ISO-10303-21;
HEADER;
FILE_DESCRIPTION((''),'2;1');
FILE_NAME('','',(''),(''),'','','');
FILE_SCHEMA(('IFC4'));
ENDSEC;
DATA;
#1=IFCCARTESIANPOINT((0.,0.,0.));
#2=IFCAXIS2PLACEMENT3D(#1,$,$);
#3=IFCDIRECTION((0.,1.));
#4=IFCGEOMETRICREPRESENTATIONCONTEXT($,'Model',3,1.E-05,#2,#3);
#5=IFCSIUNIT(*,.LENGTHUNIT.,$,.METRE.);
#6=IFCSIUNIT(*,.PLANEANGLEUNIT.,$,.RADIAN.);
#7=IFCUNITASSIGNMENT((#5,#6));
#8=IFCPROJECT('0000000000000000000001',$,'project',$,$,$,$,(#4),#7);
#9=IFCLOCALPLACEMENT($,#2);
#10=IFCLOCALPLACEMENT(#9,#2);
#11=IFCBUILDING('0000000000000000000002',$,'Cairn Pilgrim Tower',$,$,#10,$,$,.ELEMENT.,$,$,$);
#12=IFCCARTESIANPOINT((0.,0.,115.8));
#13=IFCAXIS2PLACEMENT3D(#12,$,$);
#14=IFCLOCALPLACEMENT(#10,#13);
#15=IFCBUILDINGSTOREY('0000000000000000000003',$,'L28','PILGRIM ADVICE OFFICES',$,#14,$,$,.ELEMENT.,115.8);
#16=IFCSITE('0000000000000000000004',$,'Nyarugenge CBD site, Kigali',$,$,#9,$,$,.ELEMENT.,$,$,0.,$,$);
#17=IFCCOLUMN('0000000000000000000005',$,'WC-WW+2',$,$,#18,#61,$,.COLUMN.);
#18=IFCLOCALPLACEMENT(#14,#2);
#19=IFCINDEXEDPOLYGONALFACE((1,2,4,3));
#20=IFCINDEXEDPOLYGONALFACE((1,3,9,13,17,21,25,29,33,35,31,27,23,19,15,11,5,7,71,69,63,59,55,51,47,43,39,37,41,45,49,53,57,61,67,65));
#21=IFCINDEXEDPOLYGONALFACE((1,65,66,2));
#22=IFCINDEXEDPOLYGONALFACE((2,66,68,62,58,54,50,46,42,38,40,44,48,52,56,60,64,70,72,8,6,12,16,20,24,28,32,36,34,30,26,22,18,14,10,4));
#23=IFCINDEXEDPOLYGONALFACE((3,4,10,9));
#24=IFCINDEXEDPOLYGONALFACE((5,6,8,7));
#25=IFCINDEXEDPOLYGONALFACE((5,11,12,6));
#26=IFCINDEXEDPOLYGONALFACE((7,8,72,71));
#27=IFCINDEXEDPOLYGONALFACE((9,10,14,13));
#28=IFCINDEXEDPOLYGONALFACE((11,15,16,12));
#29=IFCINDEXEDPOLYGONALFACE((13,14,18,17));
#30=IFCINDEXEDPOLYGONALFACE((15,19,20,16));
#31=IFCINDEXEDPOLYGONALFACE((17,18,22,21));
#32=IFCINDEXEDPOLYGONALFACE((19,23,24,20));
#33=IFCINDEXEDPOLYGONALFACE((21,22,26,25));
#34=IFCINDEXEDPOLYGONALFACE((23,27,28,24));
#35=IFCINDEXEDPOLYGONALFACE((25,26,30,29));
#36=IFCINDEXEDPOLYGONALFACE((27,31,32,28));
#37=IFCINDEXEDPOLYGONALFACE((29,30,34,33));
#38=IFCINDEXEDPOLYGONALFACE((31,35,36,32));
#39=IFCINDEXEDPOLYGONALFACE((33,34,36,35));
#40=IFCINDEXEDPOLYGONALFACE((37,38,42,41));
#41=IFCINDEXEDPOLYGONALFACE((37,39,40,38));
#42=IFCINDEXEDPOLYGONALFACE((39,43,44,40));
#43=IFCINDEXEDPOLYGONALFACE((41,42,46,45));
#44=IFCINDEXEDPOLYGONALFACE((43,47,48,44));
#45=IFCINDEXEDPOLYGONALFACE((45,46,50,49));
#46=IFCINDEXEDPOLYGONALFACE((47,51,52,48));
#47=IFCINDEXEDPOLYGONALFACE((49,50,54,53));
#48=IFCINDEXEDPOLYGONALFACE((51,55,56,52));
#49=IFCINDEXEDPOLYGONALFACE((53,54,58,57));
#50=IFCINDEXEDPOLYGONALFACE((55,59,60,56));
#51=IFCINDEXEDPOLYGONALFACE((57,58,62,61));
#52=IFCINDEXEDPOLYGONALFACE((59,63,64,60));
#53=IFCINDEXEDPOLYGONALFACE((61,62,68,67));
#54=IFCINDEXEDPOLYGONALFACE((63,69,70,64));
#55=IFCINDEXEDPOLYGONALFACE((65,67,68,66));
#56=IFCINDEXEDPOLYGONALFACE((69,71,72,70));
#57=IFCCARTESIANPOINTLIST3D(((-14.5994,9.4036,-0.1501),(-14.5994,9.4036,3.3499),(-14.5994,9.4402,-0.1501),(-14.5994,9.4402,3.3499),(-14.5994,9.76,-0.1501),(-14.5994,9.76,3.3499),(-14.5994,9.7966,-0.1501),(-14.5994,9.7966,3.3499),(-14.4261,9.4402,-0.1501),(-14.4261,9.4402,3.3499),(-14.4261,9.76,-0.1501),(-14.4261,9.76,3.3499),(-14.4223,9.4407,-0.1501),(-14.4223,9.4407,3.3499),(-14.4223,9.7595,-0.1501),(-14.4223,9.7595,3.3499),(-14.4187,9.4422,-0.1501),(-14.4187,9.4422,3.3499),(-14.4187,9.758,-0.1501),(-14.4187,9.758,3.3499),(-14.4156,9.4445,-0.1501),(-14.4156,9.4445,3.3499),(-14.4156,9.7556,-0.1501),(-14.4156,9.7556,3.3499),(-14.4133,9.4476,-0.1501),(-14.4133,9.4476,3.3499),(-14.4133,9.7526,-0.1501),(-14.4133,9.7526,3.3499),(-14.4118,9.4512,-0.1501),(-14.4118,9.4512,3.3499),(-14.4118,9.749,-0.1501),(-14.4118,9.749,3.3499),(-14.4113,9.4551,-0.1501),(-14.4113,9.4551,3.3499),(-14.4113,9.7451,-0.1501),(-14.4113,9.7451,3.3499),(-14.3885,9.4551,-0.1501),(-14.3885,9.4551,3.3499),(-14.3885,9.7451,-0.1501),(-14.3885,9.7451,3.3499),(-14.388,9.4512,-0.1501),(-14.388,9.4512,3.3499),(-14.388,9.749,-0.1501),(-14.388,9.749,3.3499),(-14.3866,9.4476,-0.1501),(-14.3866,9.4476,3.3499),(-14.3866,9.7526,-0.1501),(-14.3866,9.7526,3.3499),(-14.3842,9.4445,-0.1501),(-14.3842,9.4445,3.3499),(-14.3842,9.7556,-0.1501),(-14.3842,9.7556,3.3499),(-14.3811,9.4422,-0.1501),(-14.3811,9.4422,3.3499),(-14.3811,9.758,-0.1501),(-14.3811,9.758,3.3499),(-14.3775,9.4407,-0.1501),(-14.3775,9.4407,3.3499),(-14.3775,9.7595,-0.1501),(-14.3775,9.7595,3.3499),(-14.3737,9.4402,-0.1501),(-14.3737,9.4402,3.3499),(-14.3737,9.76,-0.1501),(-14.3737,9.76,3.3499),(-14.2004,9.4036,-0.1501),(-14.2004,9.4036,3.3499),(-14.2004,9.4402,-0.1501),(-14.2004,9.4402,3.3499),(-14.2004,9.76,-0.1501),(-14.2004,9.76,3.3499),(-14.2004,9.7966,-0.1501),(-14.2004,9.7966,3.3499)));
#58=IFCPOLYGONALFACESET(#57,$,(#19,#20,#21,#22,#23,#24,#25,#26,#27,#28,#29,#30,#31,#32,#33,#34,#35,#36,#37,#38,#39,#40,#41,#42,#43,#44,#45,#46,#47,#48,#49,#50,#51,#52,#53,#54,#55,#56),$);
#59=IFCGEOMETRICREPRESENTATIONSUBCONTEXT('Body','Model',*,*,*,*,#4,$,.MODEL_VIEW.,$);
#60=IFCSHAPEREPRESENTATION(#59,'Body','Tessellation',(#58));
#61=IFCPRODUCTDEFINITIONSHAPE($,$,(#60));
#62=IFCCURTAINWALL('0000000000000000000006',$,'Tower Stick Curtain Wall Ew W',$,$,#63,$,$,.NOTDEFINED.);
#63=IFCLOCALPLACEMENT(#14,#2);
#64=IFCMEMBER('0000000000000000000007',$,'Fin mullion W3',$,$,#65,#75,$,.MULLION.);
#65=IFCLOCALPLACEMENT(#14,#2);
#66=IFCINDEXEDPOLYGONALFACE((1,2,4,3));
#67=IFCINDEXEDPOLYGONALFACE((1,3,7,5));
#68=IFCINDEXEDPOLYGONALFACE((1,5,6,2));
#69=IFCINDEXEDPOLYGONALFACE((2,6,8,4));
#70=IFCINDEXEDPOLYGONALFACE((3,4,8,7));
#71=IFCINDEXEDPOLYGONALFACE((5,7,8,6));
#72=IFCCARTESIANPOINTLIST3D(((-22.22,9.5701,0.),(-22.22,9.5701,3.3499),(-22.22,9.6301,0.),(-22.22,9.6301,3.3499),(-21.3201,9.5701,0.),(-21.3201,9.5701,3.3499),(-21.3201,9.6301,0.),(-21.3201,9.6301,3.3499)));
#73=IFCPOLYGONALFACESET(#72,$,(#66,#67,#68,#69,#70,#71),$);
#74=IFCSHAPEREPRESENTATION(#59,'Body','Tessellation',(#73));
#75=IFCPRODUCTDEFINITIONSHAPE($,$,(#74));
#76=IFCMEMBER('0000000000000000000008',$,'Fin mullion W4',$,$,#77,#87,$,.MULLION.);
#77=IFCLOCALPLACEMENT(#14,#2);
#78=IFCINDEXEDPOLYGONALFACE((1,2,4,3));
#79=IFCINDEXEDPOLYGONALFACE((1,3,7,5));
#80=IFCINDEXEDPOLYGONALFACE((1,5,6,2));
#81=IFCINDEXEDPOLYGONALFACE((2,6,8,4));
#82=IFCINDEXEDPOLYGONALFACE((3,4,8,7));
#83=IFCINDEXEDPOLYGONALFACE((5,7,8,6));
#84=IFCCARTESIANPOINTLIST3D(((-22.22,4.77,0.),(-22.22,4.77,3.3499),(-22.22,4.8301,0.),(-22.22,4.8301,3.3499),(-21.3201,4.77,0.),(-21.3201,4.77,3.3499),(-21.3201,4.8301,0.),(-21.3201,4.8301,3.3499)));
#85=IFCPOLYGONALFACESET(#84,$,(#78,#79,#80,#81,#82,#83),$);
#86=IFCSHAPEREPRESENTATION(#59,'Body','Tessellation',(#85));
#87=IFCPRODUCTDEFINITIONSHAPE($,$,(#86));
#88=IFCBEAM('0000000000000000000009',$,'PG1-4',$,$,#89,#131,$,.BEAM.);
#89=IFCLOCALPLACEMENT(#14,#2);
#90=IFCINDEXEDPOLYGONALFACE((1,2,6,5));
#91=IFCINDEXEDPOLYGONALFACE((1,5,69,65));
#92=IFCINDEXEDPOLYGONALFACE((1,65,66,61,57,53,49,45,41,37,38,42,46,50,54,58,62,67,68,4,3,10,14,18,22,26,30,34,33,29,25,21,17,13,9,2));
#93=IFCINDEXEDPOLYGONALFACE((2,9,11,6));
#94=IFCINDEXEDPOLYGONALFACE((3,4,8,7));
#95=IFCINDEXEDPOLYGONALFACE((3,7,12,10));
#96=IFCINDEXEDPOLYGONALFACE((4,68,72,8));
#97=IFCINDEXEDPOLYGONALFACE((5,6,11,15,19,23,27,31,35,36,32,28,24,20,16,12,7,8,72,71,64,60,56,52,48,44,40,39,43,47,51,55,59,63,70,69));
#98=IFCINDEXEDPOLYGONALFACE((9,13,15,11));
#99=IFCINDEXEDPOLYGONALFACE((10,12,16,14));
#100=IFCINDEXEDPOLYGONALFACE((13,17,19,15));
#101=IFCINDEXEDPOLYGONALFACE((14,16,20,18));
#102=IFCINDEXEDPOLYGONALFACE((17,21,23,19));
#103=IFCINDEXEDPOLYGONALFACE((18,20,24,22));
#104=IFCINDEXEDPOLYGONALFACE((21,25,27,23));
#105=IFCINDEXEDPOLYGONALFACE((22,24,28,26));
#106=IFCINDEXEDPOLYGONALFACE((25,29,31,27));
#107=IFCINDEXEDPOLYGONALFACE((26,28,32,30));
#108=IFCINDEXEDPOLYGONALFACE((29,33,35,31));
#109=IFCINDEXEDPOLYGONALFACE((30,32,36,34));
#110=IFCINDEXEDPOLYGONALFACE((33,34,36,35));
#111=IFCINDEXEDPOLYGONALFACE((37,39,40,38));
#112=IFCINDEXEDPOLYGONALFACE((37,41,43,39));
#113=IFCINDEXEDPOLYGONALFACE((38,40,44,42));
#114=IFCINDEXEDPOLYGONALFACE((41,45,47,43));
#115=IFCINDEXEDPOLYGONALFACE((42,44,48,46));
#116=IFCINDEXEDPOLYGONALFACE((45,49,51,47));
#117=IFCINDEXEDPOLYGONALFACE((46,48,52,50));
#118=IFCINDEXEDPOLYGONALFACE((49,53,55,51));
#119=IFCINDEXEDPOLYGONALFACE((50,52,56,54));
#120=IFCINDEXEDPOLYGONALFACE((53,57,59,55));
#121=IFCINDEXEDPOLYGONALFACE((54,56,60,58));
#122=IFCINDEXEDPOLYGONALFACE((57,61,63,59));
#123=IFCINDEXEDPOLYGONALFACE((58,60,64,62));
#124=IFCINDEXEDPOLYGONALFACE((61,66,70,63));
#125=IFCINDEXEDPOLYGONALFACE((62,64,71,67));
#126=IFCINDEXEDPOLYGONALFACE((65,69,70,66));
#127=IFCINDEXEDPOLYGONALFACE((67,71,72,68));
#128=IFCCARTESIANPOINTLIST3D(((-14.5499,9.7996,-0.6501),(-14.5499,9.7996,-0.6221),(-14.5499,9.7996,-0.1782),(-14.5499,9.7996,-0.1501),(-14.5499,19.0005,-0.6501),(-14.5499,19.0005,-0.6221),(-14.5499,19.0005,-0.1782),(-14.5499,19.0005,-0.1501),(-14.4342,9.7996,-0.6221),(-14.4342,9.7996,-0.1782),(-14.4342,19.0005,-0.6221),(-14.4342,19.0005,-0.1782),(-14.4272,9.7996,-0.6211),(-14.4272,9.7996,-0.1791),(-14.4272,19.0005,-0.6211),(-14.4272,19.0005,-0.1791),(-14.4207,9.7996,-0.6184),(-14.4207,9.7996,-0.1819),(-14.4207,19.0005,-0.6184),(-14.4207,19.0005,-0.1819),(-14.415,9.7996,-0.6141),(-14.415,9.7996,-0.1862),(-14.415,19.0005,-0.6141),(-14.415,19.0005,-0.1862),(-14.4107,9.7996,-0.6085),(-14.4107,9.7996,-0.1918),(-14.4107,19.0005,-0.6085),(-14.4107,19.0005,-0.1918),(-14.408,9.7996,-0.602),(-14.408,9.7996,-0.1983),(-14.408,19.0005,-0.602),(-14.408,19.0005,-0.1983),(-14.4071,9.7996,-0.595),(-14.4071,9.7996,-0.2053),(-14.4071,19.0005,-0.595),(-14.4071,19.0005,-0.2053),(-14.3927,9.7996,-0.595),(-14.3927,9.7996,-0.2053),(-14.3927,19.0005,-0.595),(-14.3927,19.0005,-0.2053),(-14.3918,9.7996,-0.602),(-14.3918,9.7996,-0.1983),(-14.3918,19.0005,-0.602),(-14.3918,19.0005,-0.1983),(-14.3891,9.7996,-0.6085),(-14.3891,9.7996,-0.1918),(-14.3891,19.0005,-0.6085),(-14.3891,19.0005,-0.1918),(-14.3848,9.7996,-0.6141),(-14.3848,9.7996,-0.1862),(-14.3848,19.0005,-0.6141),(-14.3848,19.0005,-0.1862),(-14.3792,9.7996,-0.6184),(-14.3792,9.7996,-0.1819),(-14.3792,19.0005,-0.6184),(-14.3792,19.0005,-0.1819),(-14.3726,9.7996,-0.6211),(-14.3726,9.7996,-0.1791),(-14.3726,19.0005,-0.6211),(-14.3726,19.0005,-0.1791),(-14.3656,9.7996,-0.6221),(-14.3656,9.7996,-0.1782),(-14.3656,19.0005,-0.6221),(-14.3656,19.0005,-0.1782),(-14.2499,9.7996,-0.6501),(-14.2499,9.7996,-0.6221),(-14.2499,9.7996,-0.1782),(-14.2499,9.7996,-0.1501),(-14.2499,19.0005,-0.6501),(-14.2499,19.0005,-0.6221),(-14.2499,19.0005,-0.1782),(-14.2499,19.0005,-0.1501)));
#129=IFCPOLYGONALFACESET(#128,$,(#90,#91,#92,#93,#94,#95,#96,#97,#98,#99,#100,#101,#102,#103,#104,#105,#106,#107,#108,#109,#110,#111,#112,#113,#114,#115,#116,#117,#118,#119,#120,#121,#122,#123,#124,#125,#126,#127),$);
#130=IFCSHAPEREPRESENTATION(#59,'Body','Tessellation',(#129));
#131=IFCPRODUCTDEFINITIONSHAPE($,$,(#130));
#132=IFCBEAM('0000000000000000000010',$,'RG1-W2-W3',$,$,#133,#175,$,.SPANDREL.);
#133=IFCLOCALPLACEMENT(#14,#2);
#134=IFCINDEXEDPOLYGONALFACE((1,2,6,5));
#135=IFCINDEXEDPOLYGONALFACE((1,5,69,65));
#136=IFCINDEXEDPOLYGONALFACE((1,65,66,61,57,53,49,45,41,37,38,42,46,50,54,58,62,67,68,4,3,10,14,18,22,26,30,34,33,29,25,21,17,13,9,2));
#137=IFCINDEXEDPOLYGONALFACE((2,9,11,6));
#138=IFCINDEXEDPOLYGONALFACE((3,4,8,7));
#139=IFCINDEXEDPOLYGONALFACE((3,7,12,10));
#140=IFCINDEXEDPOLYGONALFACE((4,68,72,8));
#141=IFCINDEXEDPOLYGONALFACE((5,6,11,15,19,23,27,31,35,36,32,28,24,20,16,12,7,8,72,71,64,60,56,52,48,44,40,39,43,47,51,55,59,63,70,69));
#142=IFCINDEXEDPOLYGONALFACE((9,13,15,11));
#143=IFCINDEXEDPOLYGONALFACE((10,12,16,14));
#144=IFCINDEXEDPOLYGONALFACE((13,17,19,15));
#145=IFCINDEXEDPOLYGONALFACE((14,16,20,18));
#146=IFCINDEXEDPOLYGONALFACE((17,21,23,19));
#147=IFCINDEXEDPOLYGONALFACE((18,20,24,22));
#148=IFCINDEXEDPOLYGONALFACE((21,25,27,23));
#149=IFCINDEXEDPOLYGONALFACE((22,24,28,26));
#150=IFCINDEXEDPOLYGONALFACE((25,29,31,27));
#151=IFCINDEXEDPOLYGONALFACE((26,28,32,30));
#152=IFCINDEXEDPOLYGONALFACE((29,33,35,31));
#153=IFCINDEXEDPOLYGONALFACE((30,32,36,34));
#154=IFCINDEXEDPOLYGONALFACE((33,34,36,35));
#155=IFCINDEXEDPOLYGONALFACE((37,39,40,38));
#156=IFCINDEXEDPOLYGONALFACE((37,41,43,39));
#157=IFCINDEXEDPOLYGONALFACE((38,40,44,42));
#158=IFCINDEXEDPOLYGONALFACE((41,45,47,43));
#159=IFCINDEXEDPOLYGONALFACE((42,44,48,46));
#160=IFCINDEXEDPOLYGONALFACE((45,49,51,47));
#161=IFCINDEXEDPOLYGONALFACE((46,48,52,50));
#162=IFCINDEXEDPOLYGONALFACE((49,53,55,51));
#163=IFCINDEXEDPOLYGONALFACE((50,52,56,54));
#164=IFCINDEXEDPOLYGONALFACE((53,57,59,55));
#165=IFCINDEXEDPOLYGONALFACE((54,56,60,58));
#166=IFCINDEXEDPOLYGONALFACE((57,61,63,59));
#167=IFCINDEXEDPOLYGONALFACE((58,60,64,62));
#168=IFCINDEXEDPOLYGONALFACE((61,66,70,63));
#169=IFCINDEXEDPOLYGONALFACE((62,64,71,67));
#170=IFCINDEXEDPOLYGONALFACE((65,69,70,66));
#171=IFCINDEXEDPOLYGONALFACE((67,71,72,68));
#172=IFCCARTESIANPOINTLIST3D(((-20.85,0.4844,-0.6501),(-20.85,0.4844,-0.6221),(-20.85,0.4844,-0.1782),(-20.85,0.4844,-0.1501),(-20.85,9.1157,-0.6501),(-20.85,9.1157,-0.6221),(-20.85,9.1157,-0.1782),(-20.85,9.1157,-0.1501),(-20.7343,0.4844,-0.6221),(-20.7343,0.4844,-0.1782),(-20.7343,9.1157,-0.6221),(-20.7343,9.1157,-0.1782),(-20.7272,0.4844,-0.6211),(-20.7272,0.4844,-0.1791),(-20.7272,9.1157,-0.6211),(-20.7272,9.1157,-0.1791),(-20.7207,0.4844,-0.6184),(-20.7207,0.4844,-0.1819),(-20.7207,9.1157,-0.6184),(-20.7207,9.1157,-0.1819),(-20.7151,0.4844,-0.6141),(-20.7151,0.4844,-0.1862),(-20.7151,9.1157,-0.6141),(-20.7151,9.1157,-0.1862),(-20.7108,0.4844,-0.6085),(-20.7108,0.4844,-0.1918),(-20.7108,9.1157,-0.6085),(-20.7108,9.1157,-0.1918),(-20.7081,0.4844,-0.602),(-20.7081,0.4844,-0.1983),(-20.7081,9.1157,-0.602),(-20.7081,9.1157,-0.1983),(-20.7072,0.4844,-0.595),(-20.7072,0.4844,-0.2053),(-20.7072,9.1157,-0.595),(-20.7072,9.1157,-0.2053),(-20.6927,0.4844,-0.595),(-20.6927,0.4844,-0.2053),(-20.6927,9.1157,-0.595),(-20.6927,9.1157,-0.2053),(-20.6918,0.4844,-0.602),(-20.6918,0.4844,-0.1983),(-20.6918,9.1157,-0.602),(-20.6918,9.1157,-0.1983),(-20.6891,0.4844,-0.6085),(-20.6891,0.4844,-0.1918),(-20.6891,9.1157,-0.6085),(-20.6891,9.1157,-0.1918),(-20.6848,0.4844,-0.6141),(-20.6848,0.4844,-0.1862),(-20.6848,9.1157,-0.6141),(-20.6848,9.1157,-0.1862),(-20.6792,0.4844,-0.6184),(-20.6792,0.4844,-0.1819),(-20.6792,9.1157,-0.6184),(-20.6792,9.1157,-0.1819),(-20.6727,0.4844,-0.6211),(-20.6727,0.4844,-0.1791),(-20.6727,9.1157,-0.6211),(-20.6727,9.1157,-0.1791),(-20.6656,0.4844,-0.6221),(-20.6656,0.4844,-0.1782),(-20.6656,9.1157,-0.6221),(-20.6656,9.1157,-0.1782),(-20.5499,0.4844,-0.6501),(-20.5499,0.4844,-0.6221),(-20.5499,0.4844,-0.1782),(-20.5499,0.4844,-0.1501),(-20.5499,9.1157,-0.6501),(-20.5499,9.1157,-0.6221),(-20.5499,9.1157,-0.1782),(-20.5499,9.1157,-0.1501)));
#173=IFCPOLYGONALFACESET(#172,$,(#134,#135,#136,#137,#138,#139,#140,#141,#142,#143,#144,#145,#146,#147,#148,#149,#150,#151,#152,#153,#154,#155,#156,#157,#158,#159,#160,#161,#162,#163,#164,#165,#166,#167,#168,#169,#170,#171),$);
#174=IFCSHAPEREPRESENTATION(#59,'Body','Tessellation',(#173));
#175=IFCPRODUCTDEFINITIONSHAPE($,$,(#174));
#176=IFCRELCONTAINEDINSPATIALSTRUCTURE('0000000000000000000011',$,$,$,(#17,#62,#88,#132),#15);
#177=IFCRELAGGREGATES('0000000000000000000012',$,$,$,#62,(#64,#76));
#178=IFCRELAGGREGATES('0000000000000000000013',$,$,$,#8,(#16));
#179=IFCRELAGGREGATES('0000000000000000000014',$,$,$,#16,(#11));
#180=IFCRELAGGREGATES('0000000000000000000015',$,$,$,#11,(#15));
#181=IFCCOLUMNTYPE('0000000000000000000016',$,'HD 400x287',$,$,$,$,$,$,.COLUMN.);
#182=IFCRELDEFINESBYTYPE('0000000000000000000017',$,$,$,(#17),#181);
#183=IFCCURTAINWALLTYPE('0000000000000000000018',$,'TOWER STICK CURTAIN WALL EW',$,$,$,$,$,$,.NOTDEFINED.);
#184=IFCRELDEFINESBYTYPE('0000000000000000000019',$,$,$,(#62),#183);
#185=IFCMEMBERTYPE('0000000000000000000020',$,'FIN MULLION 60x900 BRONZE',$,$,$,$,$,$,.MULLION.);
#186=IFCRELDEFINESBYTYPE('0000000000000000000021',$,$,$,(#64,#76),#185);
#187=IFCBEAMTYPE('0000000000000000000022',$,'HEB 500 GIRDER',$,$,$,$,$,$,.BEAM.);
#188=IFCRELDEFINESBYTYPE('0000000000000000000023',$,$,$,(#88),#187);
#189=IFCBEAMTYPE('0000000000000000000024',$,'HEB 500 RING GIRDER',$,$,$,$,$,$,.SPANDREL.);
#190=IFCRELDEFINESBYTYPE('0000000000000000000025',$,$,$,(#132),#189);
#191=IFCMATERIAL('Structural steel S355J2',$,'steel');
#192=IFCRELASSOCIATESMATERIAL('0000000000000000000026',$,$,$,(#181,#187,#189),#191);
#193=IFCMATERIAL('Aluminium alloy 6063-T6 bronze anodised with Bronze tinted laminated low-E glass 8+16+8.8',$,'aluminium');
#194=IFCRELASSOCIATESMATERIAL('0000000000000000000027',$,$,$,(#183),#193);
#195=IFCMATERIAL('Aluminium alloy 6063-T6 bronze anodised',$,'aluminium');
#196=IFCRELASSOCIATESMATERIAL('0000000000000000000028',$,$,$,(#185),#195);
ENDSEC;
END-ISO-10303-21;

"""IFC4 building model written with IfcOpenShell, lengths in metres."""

from ifc_helpers import new_model, si_unit, direction, frame, origin, origin_2d, place, context, subcontext, project, spatial, rectangle, i_section, extrude, material, material_profile, profile_set, type_object, element, aggregate, save


model = new_model("IFC4")

# Units and contexts
model_context = context("Model", 3, precision=1e-05, world=origin(), true_north=direction((0.0, 1.0)))
body_context = subcontext(model_context, "Body", "Model", "MODEL_VIEW")
ifc_project = project(units=[si_unit("LENGTHUNIT", "METRE"), si_unit("PLANEANGLEUNIT", "RADIAN")], contexts=[model_context])

# Site, building, storey
site_placement = place(None, origin())
site = spatial("IfcSite", under=ifc_project, at=site_placement, Name="Nyarugenge CBD site, Kigali", CompositionType="ELEMENT", RefElevation=0.0)
building_placement = place(site_placement, origin())
building = spatial("IfcBuilding", under=site, at=building_placement, Name="Cairn Pilgrim Tower", CompositionType="ELEMENT")
storey_placement = place(building_placement, frame((0.0, 0.0, 115.8)))
storey = spatial("IfcBuildingStorey", under=building, at=storey_placement, Name="L28", Description="PILGRIM ADVICE OFFICES", CompositionType="ELEMENT", Elevation=115.8)

# Column
ifc_material_1 = material(Name="Structural steel S355J2", Category="steel")
ifc_material_profile_1 = material_profile(ifc_material_1, i_section(OverallWidth=0.3989, OverallDepth=0.3931, WebThickness=0.0227, FlangeThickness=0.0366, FilletRadius=0.0149, at=origin_2d()), Name="HD 400x287")
ifc_profile_set_1 = profile_set([ifc_material_profile_1], Name="Structural steel S355J2")
column_type_1 = type_object("IfcColumnType", Name="HD 400x287", PredefinedType="COLUMN", material=ifc_profile_set_1)
column_1_placement = place(storey_placement, frame((-14.3999, 9.6001, -0.1501), z_axis=(0.0, 0.0, 1.0), x_axis=(1.0, 0.0, 0.0)))
element("IfcColumn", 1, at=column_1_placement, inside=storey, type_object=column_type_1, Name="WC-WW+2", PredefinedType="COLUMN", context=body_context, shape_type="SweptSolid", body=[
    extrude(i_section(OverallWidth=0.3989, OverallDepth=0.3931, WebThickness=0.0227, FlangeThickness=0.0366, FilletRadius=0.0149, at=origin_2d()), origin(), (0.0, 0.0, 1.0), 3.5),
])

# Curtain wall, members
ifc_material_2 = material(Name="Aluminium alloy 6063-T6 bronze anodised with Bronze tinted laminated low-E glass 8+16+8.8", Category="aluminium")
curtain_wall_type = type_object("IfcCurtainWallType", Name="TOWER STICK CURTAIN WALL EW", PredefinedType="NOTDEFINED", material=ifc_material_2)
curtain_wall_placement = place(storey_placement, origin())
curtain_wall = element("IfcCurtainWall", 2, at=curtain_wall_placement, inside=storey, type_object=curtain_wall_type, Name="Tower Stick Curtain Wall Ew W", PredefinedType="NOTDEFINED")
ifc_material_3 = material(Name="Aluminium alloy 6063-T6 bronze anodised", Category="aluminium")
ifc_material_profile_2 = material_profile(ifc_material_3, rectangle(XDim=0.8999, YDim=0.0601, at=origin_2d()), Name="FIN MULLION 60x900 BRONZE")
ifc_profile_set_2 = profile_set([ifc_material_profile_2], Name="Aluminium alloy 6063-T6 bronze anodised")
member_type_1 = type_object("IfcMemberType", Name="FIN MULLION 60x900 BRONZE", PredefinedType="MULLION", material=ifc_profile_set_2)
member_1_placement = place(storey_placement, frame((-21.77, 9.6001, 0.0), z_axis=(0.0, 0.0, 1.0), x_axis=(-1.0, 0.0, 0.0)))
member_1 = element("IfcMember", 3, at=member_1_placement, type_object=member_type_1, Name="Fin mullion W3", PredefinedType="MULLION", context=body_context, shape_type="SweptSolid", body=[
    extrude(rectangle(XDim=0.8999, YDim=0.0601, at=origin_2d()), origin(), (0.0, 0.0, 1.0), 3.3499),
])
member_2_placement = place(storey_placement, frame((-21.77, 4.8, 0.0), z_axis=(0.0, 0.0, 1.0), x_axis=(-1.0, 0.0, 0.0)))
member_2 = element("IfcMember", 4, at=member_2_placement, type_object=member_type_1, Name="Fin mullion W4", PredefinedType="MULLION", context=body_context, shape_type="SweptSolid", body=[
    extrude(rectangle(XDim=0.8999, YDim=0.0601, at=origin_2d()), origin(), (0.0, 0.0, 1.0), 3.3499),
])

# Beams
ifc_material_profile_3 = material_profile(ifc_material_1, i_section(OverallWidth=0.3, OverallDepth=0.5, WebThickness=0.0144, FlangeThickness=0.0281, FilletRadius=0.0271, at=origin_2d()), Name="HEB 500")
ifc_profile_set_3 = profile_set([ifc_material_profile_3], Name="Structural steel S355J2")
beam_type_1 = type_object("IfcBeamType", Name="HEB 500 GIRDER", PredefinedType="BEAM", material=ifc_profile_set_3)
beam_1_placement = place(storey_placement, frame((-14.3999, 9.7996, -0.4001), z_axis=(0.0, 1.0, 0.0), x_axis=(-1.0, 0.0, 0.0)))
element("IfcBeam", 5, at=beam_1_placement, inside=storey, type_object=beam_type_1, Name="PG1-4", PredefinedType="BEAM", context=body_context, shape_type="SweptSolid", body=[
    extrude(i_section(OverallWidth=0.3, OverallDepth=0.5, WebThickness=0.0144, FlangeThickness=0.0281, FilletRadius=0.0271, at=origin_2d()), origin(), (0.0, 0.0, 1.0), 9.2009),
])
ifc_material_profile_4 = material_profile(ifc_material_1, i_section(OverallWidth=0.3, OverallDepth=0.5, WebThickness=0.0144, FlangeThickness=0.0281, FilletRadius=0.0271, at=origin_2d()), Name="HEB 500")
ifc_profile_set_4 = profile_set([ifc_material_profile_4], Name="Structural steel S355J2")
beam_type_2 = type_object("IfcBeamType", Name="HEB 500 RING GIRDER", PredefinedType="SPANDREL", material=ifc_profile_set_4)
beam_2_placement = place(storey_placement, frame((-20.7, 9.1157, -0.4001), z_axis=(0.0, -1.0, 0.0), x_axis=(1.0, 0.0, 0.0)))
element("IfcBeam", 6, at=beam_2_placement, inside=storey, type_object=beam_type_2, Name="RG1-W2-W3", PredefinedType="SPANDREL", context=body_context, shape_type="SweptSolid", body=[
    extrude(i_section(OverallWidth=0.3, OverallDepth=0.5, WebThickness=0.0144, FlangeThickness=0.0281, FilletRadius=0.0271, at=origin_2d()), origin(), (0.0, 0.0, 1.0), 8.6313),
])

aggregate(curtain_wall, [member_1, member_2])

save(model, "model.ifc")
